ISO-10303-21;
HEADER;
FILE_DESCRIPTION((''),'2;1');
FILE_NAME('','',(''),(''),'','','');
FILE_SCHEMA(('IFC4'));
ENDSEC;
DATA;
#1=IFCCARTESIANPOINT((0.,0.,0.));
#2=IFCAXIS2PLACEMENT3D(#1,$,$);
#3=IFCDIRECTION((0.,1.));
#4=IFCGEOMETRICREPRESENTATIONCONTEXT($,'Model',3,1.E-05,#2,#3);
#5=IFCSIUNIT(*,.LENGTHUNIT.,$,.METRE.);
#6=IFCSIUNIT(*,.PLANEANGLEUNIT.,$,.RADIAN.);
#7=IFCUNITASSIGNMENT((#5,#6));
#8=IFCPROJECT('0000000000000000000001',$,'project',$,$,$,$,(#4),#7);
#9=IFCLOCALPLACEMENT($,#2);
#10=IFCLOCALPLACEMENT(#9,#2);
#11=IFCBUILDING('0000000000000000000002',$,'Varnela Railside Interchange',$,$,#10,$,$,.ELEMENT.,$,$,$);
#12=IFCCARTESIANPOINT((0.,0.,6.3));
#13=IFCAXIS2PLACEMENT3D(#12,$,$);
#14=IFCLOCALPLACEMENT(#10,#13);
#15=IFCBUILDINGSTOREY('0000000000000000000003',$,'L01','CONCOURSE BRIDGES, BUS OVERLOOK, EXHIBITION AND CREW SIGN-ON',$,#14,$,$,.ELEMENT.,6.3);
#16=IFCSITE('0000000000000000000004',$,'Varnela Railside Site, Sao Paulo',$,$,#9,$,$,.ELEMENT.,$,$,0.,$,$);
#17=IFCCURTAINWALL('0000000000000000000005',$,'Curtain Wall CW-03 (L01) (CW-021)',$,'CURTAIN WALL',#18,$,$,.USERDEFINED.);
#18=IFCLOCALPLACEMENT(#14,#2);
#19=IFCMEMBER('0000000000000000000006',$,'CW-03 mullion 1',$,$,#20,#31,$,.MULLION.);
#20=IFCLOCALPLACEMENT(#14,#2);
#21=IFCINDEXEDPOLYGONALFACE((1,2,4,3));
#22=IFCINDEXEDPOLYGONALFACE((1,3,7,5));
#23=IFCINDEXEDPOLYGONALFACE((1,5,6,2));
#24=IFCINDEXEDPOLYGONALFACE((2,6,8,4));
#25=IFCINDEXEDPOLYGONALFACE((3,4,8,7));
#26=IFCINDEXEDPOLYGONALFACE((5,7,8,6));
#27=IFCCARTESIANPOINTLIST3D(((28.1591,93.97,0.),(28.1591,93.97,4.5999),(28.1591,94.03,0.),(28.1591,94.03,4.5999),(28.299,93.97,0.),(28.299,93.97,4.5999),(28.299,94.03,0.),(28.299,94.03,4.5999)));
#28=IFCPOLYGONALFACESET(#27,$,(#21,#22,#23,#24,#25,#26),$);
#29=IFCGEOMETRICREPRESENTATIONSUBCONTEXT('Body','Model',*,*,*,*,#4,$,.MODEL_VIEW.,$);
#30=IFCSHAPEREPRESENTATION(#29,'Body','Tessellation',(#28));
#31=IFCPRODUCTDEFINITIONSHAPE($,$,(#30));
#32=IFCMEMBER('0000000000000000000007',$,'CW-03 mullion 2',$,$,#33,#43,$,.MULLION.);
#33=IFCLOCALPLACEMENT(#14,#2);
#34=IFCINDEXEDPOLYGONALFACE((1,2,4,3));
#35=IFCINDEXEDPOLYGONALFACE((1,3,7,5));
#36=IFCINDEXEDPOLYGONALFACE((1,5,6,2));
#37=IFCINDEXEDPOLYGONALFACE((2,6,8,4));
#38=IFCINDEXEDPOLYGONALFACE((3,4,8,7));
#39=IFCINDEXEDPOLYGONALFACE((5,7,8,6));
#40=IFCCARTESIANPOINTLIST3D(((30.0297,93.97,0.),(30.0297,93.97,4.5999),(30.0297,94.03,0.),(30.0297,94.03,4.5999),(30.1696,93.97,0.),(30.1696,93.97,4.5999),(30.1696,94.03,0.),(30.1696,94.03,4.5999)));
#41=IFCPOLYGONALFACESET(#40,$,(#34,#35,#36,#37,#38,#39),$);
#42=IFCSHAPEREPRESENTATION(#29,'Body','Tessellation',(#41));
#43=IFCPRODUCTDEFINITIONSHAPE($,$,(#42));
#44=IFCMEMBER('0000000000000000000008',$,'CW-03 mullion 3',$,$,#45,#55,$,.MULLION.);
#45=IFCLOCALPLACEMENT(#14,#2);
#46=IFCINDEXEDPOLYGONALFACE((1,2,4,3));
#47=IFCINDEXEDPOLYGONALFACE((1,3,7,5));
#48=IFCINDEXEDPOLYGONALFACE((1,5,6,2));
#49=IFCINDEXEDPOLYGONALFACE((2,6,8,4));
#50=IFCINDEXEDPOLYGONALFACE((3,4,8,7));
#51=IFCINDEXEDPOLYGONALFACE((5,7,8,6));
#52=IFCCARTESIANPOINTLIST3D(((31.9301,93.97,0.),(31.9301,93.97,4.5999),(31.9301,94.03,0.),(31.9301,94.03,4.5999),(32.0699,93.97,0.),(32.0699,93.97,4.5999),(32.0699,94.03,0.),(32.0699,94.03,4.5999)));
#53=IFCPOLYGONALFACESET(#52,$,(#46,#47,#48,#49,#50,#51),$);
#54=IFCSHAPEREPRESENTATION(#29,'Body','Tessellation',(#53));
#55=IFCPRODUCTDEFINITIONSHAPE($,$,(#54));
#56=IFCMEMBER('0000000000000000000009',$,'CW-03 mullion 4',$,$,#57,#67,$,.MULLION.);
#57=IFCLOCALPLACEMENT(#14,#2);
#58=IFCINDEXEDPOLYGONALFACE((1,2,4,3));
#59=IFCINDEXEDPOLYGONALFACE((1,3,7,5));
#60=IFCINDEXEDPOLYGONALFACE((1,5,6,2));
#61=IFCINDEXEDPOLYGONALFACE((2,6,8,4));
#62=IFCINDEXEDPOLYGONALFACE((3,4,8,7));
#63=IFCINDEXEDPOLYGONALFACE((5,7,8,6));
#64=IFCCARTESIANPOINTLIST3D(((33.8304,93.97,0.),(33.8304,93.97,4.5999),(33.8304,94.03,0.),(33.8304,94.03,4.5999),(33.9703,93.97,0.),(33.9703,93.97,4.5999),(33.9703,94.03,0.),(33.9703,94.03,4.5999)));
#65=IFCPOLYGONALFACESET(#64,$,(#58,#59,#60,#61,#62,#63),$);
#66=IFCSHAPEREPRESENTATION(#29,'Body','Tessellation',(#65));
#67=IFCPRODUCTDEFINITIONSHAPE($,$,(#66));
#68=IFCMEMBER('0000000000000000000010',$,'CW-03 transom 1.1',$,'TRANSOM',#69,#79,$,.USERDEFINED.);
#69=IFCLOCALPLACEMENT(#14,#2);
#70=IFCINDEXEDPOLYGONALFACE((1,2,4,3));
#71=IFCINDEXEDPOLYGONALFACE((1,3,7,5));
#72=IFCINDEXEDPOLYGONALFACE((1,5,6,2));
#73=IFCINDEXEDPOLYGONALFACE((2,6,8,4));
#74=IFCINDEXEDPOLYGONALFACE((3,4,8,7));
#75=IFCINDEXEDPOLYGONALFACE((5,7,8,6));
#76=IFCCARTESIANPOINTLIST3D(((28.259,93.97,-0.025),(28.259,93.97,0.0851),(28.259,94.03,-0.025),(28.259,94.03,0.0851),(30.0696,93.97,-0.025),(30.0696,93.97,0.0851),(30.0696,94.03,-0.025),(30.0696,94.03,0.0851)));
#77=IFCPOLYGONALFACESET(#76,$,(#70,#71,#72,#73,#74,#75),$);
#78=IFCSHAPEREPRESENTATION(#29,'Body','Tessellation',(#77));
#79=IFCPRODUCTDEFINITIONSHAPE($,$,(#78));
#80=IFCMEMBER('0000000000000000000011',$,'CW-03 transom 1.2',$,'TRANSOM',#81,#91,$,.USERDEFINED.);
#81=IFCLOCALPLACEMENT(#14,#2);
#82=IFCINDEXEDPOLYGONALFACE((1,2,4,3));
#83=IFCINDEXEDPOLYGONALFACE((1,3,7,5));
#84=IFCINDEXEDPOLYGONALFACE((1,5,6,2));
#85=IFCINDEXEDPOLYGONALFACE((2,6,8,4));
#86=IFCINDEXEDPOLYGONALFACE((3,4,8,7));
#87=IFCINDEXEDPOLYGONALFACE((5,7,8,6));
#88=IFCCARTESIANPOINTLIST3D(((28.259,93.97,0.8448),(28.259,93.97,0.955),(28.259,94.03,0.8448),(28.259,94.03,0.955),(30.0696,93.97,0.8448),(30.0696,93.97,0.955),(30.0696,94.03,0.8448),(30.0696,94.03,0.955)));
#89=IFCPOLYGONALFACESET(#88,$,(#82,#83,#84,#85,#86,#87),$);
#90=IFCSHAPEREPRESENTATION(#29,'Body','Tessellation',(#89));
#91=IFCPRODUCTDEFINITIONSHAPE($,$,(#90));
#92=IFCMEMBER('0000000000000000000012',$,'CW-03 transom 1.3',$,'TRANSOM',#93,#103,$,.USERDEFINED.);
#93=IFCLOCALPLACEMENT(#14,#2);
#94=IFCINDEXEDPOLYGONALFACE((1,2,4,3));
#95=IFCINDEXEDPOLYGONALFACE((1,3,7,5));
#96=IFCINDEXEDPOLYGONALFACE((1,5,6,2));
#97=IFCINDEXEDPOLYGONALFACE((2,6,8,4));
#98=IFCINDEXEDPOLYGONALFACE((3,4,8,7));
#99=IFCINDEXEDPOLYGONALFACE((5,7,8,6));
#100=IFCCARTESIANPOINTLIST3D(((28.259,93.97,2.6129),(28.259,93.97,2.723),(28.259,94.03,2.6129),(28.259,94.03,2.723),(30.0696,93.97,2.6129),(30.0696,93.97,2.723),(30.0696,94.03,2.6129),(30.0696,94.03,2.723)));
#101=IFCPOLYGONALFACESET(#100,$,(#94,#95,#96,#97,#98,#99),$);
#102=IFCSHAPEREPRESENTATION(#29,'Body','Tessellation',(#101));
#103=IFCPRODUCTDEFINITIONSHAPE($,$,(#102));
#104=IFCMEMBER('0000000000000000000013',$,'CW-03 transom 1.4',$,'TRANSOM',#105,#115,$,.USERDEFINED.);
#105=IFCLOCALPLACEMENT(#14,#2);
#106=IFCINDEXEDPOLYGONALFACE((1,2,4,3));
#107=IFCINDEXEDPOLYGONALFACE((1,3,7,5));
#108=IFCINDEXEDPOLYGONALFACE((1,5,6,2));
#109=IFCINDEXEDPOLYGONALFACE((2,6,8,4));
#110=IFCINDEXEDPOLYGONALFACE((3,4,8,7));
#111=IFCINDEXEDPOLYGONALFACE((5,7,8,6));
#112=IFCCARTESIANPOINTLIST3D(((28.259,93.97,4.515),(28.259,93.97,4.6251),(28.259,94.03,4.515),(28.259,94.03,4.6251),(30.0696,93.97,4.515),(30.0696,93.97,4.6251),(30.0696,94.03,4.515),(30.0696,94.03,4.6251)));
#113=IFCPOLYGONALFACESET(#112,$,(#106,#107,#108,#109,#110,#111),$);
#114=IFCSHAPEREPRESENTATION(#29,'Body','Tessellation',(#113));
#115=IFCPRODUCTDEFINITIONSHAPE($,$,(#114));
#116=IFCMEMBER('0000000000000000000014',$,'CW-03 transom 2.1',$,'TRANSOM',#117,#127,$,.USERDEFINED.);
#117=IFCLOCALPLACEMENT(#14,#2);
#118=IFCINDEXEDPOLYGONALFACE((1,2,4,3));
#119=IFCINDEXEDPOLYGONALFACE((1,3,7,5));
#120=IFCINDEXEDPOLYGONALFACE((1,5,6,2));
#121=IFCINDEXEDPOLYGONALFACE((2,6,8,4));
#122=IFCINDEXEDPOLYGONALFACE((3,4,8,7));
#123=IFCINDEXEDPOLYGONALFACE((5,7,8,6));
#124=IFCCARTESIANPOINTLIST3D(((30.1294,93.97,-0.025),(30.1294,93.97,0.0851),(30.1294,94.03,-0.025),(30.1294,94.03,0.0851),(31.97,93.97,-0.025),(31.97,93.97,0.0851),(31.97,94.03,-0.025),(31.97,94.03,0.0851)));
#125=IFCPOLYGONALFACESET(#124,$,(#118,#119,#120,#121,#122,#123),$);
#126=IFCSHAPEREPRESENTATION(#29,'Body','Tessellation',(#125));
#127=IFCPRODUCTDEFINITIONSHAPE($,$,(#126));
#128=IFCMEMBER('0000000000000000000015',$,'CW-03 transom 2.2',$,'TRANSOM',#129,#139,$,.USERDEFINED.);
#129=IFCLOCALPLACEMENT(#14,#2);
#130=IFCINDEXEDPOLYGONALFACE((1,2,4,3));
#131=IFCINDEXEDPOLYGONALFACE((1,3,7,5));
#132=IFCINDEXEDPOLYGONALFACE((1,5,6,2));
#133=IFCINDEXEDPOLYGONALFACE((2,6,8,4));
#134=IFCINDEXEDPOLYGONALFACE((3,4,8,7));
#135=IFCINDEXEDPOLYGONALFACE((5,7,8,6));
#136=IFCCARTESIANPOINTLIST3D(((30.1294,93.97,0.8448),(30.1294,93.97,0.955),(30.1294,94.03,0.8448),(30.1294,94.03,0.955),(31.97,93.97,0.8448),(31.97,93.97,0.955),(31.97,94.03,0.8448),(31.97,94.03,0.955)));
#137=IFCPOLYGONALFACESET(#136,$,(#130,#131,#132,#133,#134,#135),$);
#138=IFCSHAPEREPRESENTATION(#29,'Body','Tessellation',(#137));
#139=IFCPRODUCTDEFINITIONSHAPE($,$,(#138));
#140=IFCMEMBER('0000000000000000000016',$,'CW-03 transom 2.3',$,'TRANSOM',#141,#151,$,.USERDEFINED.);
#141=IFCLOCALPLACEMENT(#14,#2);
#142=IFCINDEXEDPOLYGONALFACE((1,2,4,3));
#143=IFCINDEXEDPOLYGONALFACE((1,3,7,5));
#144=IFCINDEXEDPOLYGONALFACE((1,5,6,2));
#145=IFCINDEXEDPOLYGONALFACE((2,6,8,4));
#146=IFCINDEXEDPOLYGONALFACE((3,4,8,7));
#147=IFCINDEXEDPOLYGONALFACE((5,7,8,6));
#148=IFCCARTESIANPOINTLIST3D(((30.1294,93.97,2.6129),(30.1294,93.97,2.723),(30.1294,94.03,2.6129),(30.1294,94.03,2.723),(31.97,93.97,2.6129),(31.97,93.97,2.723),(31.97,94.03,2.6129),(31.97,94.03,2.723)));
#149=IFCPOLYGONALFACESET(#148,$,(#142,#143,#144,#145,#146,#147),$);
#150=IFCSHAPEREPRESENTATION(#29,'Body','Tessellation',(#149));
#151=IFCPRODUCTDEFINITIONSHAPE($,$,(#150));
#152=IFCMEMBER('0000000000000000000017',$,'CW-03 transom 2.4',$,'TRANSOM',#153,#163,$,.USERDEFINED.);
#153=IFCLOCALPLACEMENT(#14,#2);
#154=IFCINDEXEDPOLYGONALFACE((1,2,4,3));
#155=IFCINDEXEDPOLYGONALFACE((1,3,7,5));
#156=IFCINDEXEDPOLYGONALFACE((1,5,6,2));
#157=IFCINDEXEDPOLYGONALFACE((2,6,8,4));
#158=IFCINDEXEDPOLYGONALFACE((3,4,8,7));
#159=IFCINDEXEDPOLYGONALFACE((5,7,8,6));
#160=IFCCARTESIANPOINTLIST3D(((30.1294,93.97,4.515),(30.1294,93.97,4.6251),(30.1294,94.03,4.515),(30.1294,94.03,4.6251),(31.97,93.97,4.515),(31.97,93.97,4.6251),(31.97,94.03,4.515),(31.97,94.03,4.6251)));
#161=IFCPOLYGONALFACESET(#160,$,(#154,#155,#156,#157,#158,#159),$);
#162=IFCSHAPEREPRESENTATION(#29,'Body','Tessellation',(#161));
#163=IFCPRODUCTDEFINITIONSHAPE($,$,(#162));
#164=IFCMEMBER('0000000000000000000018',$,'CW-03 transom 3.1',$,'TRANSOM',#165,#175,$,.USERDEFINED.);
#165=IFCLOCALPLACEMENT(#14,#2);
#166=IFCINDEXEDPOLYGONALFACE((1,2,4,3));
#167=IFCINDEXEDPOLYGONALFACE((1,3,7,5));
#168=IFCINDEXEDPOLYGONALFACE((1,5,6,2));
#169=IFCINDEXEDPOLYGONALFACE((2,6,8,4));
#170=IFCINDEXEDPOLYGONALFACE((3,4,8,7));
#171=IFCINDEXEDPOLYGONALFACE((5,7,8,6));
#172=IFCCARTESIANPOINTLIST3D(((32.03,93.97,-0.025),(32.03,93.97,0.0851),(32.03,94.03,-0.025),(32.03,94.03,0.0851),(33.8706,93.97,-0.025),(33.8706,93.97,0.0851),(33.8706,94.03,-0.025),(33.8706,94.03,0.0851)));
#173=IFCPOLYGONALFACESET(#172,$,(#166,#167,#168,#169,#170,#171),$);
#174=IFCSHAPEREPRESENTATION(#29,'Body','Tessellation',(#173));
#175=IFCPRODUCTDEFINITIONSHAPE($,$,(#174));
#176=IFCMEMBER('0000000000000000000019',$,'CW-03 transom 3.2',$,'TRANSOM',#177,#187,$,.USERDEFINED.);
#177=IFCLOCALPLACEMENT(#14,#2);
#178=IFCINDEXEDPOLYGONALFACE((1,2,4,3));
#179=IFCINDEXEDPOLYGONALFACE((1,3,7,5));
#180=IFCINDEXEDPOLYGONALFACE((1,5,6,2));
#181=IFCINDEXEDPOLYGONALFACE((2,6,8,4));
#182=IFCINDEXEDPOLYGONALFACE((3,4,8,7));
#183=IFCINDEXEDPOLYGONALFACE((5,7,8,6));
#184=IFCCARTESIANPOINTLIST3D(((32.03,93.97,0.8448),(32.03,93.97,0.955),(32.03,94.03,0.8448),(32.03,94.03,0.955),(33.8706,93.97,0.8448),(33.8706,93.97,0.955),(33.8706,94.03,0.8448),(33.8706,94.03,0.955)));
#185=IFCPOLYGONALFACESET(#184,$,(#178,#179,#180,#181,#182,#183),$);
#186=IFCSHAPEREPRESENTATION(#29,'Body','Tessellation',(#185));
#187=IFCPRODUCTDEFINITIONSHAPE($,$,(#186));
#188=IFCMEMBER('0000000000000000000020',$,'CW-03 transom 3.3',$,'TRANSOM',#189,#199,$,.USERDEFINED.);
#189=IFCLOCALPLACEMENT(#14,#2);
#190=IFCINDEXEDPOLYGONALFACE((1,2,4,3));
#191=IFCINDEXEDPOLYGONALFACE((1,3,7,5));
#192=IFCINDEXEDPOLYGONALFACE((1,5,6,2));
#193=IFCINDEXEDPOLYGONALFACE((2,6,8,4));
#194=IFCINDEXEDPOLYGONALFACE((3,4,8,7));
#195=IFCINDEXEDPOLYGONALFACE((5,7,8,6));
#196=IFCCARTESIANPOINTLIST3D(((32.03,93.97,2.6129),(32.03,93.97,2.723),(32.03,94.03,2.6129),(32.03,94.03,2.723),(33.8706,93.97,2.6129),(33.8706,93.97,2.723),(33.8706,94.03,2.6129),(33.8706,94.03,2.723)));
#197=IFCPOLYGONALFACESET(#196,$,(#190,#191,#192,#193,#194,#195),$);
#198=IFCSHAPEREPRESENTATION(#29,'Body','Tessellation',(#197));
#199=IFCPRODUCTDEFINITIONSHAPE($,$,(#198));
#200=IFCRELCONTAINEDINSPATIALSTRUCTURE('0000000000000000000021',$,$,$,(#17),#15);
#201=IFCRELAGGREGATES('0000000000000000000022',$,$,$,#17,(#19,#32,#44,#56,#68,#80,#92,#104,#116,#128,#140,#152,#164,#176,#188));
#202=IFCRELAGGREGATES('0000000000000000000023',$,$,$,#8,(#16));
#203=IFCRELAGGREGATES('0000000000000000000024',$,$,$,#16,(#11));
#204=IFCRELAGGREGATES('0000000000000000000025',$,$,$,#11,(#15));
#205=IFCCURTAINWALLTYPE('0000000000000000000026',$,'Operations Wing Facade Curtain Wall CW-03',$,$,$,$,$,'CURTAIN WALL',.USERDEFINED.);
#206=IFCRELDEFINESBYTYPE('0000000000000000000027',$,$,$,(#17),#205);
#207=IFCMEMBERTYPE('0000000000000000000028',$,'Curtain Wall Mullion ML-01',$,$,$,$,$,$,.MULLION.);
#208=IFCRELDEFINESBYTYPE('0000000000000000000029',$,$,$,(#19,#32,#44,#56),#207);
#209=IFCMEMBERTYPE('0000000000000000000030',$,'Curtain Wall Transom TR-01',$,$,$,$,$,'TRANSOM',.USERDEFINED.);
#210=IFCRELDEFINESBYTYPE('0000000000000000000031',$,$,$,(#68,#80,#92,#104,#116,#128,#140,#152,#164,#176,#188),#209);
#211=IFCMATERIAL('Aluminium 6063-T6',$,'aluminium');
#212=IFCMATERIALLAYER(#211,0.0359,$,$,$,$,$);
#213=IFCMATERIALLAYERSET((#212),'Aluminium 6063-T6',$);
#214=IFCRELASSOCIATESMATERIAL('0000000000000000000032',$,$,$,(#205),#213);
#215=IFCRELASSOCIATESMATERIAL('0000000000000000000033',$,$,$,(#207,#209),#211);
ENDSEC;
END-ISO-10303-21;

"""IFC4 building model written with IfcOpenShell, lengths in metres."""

from ifc_helpers import new_model, si_unit, direction, frame, origin, origin_2d, place, context, subcontext, project, spatial, rectangle, extrude, material, layer, layer_set, material_profile, profile_set, type_object, element, aggregate, save


model = new_model("IFC4")

# Units and contexts
model_context = context("Model", 3, precision=1e-05, world=origin(), true_north=direction((0.0, 1.0)))
body_context = subcontext(model_context, "Body", "Model", "MODEL_VIEW")
ifc_project = project(units=[si_unit("LENGTHUNIT", "METRE"), si_unit("PLANEANGLEUNIT", "RADIAN")], contexts=[model_context])

# Site, building, storey
site_placement = place(None, origin())
site = spatial("IfcSite", under=ifc_project, at=site_placement, Name="Varnela Railside Site, Sao Paulo", CompositionType="ELEMENT", RefElevation=0.0)
building_placement = place(site_placement, origin())
building = spatial("IfcBuilding", under=site, at=building_placement, Name="Varnela Railside Interchange", CompositionType="ELEMENT")
storey_placement = place(building_placement, frame((0.0, 0.0, 6.3)))
storey = spatial("IfcBuildingStorey", under=building, at=storey_placement, Name="L01", Description="CONCOURSE BRIDGES, BUS OVERLOOK, EXHIBITION AND CREW SIGN-ON", CompositionType="ELEMENT", Elevation=6.3)

# Curtain wall, members
ifc_material_1 = material(Name="Aluminium 6063-T6", Category="aluminium")
ifc_layer_1 = layer(ifc_material_1, 0.0359)
ifc_layer_set_1 = layer_set([ifc_layer_1], Name="Aluminium 6063-T6")
curtain_wall_type = type_object("IfcCurtainWallType", Name="Operations Wing Facade Curtain Wall CW-03", ElementType="CURTAIN WALL", PredefinedType="USERDEFINED", material=ifc_layer_set_1)
curtain_wall_placement = place(storey_placement, origin())
curtain_wall = element("IfcCurtainWall", 1, at=curtain_wall_placement, inside=storey, type_object=curtain_wall_type, Name="Curtain Wall CW-03 (L01) (CW-021)", ObjectType="CURTAIN WALL", PredefinedType="USERDEFINED")
ifc_material_profile_1 = material_profile(ifc_material_1, rectangle(XDim=0.0601, YDim=0.1399, at=origin_2d()), Name="ALU 60x140")
ifc_profile_set_1 = profile_set([ifc_material_profile_1], Name="Aluminium 6063-T6")
member_type_1 = type_object("IfcMemberType", Name="Curtain Wall Mullion ML-01", PredefinedType="MULLION", material=ifc_profile_set_1)
member_1_placement = place(storey_placement, frame((28.229, 94.0, 0.0), z_axis=(0.0, 0.0, 1.0), x_axis=(0.0, 1.0, 0.0)))
member_1 = element("IfcMember", 2, at=member_1_placement, type_object=member_type_1, Name="CW-03 mullion 1", PredefinedType="MULLION", context=body_context, shape_type="SweptSolid", body=[
    extrude(rectangle(XDim=0.0601, YDim=0.1399, at=origin_2d()), origin(), (0.0, 0.0, 1.0), 4.5999),
])
member_2_placement = place(storey_placement, frame((30.0996, 94.0, 0.0), z_axis=(0.0, 0.0, 1.0), x_axis=(0.0, 1.0, 0.0)))
member_2 = element("IfcMember", 3, at=member_2_placement, type_object=member_type_1, Name="CW-03 mullion 2", PredefinedType="MULLION", context=body_context, shape_type="SweptSolid", body=[
    extrude(rectangle(XDim=0.0601, YDim=0.1399, at=origin_2d()), origin(), (0.0, 0.0, 1.0), 4.5999),
])
member_3_placement = place(storey_placement, frame((32.0, 94.0, 0.0), z_axis=(0.0, 0.0, 1.0), x_axis=(0.0, 1.0, 0.0)))
member_3 = element("IfcMember", 4, at=member_3_placement, type_object=member_type_1, Name="CW-03 mullion 3", PredefinedType="MULLION", context=body_context, shape_type="SweptSolid", body=[
    extrude(rectangle(XDim=0.0601, YDim=0.1399, at=origin_2d()), origin(), (0.0, 0.0, 1.0), 4.5999),
])
member_4_placement = place(storey_placement, frame((33.9004, 94.0, 0.0), z_axis=(0.0, 0.0, 1.0), x_axis=(0.0, 1.0, 0.0)))
member_4 = element("IfcMember", 5, at=member_4_placement, type_object=member_type_1, Name="CW-03 mullion 4", PredefinedType="MULLION", context=body_context, shape_type="SweptSolid", body=[
    extrude(rectangle(XDim=0.0601, YDim=0.1399, at=origin_2d()), origin(), (0.0, 0.0, 1.0), 4.5999),
])
ifc_material_profile_2 = material_profile(ifc_material_1, rectangle(XDim=0.0601, YDim=0.1101, at=origin_2d()), Name="ALU 60x110")
ifc_profile_set_2 = profile_set([ifc_material_profile_2], Name="Aluminium 6063-T6")
member_type_2 = type_object("IfcMemberType", Name="Curtain Wall Transom TR-01", ElementType="TRANSOM", PredefinedType="USERDEFINED", material=ifc_profile_set_2)
member_5_placement = place(storey_placement, frame((28.259, 94.0, 0.03), z_axis=(1.0, 0.0, 0.0), x_axis=(0.0, 1.0, 0.0)))
member_5 = element("IfcMember", 6, at=member_5_placement, type_object=member_type_2, Name="CW-03 transom 1.1", ObjectType="TRANSOM", PredefinedType="USERDEFINED", context=body_context, shape_type="SweptSolid", body=[
    extrude(rectangle(XDim=0.0601, YDim=0.1101, at=origin_2d()), origin(), (0.0, 0.0, 1.0), 1.8105),
])
member_6_placement = place(storey_placement, frame((28.259, 94.0, 0.8999), z_axis=(1.0, 0.0, 0.0), x_axis=(0.0, 1.0, 0.0)))
member_6 = element("IfcMember", 7, at=member_6_placement, type_object=member_type_2, Name="CW-03 transom 1.2", ObjectType="TRANSOM", PredefinedType="USERDEFINED", context=body_context, shape_type="SweptSolid", body=[
    extrude(rectangle(XDim=0.0601, YDim=0.1101, at=origin_2d()), origin(), (0.0, 0.0, 1.0), 1.8105),
])
member_7_placement = place(storey_placement, frame((28.259, 94.0, 2.668), z_axis=(1.0, 0.0, 0.0), x_axis=(0.0, 1.0, 0.0)))
member_7 = element("IfcMember", 8, at=member_7_placement, type_object=member_type_2, Name="CW-03 transom 1.3", ObjectType="TRANSOM", PredefinedType="USERDEFINED", context=body_context, shape_type="SweptSolid", body=[
    extrude(rectangle(XDim=0.0601, YDim=0.1101, at=origin_2d()), origin(), (0.0, 0.0, 1.0), 1.8105),
])
member_8_placement = place(storey_placement, frame((28.259, 94.0, 4.5701), z_axis=(1.0, 0.0, 0.0), x_axis=(0.0, 1.0, 0.0)))
member_8 = element("IfcMember", 9, at=member_8_placement, type_object=member_type_2, Name="CW-03 transom 1.4", ObjectType="TRANSOM", PredefinedType="USERDEFINED", context=body_context, shape_type="SweptSolid", body=[
    extrude(rectangle(XDim=0.0601, YDim=0.1101, at=origin_2d()), origin(), (0.0, 0.0, 1.0), 1.8105),
])
member_9_placement = place(storey_placement, frame((30.1294, 94.0, 0.03), z_axis=(1.0, 0.0, 0.0), x_axis=(0.0, 1.0, 0.0)))
member_9 = element("IfcMember", 10, at=member_9_placement, type_object=member_type_2, Name="CW-03 transom 2.1", ObjectType="TRANSOM", PredefinedType="USERDEFINED", context=body_context, shape_type="SweptSolid", body=[
    extrude(rectangle(XDim=0.0601, YDim=0.1101, at=origin_2d()), origin(), (0.0, 0.0, 1.0), 1.8406),
])
member_10_placement = place(storey_placement, frame((30.1294, 94.0, 0.8999), z_axis=(1.0, 0.0, 0.0), x_axis=(0.0, 1.0, 0.0)))
member_10 = element("IfcMember", 11, at=member_10_placement, type_object=member_type_2, Name="CW-03 transom 2.2", ObjectType="TRANSOM", PredefinedType="USERDEFINED", context=body_context, shape_type="SweptSolid", body=[
    extrude(rectangle(XDim=0.0601, YDim=0.1101, at=origin_2d()), origin(), (0.0, 0.0, 1.0), 1.8406),
])
member_11_placement = place(storey_placement, frame((30.1294, 94.0, 2.668), z_axis=(1.0, 0.0, 0.0), x_axis=(0.0, 1.0, 0.0)))
member_11 = element("IfcMember", 12, at=member_11_placement, type_object=member_type_2, Name="CW-03 transom 2.3", ObjectType="TRANSOM", PredefinedType="USERDEFINED", context=body_context, shape_type="SweptSolid", body=[
    extrude(rectangle(XDim=0.0601, YDim=0.1101, at=origin_2d()), origin(), (0.0, 0.0, 1.0), 1.8406),
])
member_12_placement = place(storey_placement, frame((30.1294, 94.0, 4.5701), z_axis=(1.0, 0.0, 0.0), x_axis=(0.0, 1.0, 0.0)))
member_12 = element("IfcMember", 13, at=member_12_placement, type_object=member_type_2, Name="CW-03 transom 2.4", ObjectType="TRANSOM", PredefinedType="USERDEFINED", context=body_context, shape_type="SweptSolid", body=[
    extrude(rectangle(XDim=0.0601, YDim=0.1101, at=origin_2d()), origin(), (0.0, 0.0, 1.0), 1.8406),
])
member_13_placement = place(storey_placement, frame((32.03, 94.0, 0.03), z_axis=(1.0, 0.0, 0.0), x_axis=(0.0, 1.0, 0.0)))
member_13 = element("IfcMember", 14, at=member_13_placement, type_object=member_type_2, Name="CW-03 transom 3.1", ObjectType="TRANSOM", PredefinedType="USERDEFINED", context=body_context, shape_type="SweptSolid", body=[
    extrude(rectangle(XDim=0.0601, YDim=0.1101, at=origin_2d()), origin(), (0.0, 0.0, 1.0), 1.8406),
])
member_14_placement = place(storey_placement, frame((32.03, 94.0, 0.8999), z_axis=(1.0, 0.0, 0.0), x_axis=(0.0, 1.0, 0.0)))
member_14 = element("IfcMember", 15, at=member_14_placement, type_object=member_type_2, Name="CW-03 transom 3.2", ObjectType="TRANSOM", PredefinedType="USERDEFINED", context=body_context, shape_type="SweptSolid", body=[
    extrude(rectangle(XDim=0.0601, YDim=0.1101, at=origin_2d()), origin(), (0.0, 0.0, 1.0), 1.8406),
])
member_15_placement = place(storey_placement, frame((32.03, 94.0, 2.668), z_axis=(1.0, 0.0, 0.0), x_axis=(0.0, 1.0, 0.0)))
member_15 = element("IfcMember", 16, at=member_15_placement, type_object=member_type_2, Name="CW-03 transom 3.3", ObjectType="TRANSOM", PredefinedType="USERDEFINED", context=body_context, shape_type="SweptSolid", body=[
    extrude(rectangle(XDim=0.0601, YDim=0.1101, at=origin_2d()), origin(), (0.0, 0.0, 1.0), 1.8406),
])

aggregate(curtain_wall, [member_1, member_2, member_3, member_4, member_5, member_6, member_7, member_8, member_9, member_10, member_11, member_12, member_13, member_14, member_15])

save(model, "model.ifc")
